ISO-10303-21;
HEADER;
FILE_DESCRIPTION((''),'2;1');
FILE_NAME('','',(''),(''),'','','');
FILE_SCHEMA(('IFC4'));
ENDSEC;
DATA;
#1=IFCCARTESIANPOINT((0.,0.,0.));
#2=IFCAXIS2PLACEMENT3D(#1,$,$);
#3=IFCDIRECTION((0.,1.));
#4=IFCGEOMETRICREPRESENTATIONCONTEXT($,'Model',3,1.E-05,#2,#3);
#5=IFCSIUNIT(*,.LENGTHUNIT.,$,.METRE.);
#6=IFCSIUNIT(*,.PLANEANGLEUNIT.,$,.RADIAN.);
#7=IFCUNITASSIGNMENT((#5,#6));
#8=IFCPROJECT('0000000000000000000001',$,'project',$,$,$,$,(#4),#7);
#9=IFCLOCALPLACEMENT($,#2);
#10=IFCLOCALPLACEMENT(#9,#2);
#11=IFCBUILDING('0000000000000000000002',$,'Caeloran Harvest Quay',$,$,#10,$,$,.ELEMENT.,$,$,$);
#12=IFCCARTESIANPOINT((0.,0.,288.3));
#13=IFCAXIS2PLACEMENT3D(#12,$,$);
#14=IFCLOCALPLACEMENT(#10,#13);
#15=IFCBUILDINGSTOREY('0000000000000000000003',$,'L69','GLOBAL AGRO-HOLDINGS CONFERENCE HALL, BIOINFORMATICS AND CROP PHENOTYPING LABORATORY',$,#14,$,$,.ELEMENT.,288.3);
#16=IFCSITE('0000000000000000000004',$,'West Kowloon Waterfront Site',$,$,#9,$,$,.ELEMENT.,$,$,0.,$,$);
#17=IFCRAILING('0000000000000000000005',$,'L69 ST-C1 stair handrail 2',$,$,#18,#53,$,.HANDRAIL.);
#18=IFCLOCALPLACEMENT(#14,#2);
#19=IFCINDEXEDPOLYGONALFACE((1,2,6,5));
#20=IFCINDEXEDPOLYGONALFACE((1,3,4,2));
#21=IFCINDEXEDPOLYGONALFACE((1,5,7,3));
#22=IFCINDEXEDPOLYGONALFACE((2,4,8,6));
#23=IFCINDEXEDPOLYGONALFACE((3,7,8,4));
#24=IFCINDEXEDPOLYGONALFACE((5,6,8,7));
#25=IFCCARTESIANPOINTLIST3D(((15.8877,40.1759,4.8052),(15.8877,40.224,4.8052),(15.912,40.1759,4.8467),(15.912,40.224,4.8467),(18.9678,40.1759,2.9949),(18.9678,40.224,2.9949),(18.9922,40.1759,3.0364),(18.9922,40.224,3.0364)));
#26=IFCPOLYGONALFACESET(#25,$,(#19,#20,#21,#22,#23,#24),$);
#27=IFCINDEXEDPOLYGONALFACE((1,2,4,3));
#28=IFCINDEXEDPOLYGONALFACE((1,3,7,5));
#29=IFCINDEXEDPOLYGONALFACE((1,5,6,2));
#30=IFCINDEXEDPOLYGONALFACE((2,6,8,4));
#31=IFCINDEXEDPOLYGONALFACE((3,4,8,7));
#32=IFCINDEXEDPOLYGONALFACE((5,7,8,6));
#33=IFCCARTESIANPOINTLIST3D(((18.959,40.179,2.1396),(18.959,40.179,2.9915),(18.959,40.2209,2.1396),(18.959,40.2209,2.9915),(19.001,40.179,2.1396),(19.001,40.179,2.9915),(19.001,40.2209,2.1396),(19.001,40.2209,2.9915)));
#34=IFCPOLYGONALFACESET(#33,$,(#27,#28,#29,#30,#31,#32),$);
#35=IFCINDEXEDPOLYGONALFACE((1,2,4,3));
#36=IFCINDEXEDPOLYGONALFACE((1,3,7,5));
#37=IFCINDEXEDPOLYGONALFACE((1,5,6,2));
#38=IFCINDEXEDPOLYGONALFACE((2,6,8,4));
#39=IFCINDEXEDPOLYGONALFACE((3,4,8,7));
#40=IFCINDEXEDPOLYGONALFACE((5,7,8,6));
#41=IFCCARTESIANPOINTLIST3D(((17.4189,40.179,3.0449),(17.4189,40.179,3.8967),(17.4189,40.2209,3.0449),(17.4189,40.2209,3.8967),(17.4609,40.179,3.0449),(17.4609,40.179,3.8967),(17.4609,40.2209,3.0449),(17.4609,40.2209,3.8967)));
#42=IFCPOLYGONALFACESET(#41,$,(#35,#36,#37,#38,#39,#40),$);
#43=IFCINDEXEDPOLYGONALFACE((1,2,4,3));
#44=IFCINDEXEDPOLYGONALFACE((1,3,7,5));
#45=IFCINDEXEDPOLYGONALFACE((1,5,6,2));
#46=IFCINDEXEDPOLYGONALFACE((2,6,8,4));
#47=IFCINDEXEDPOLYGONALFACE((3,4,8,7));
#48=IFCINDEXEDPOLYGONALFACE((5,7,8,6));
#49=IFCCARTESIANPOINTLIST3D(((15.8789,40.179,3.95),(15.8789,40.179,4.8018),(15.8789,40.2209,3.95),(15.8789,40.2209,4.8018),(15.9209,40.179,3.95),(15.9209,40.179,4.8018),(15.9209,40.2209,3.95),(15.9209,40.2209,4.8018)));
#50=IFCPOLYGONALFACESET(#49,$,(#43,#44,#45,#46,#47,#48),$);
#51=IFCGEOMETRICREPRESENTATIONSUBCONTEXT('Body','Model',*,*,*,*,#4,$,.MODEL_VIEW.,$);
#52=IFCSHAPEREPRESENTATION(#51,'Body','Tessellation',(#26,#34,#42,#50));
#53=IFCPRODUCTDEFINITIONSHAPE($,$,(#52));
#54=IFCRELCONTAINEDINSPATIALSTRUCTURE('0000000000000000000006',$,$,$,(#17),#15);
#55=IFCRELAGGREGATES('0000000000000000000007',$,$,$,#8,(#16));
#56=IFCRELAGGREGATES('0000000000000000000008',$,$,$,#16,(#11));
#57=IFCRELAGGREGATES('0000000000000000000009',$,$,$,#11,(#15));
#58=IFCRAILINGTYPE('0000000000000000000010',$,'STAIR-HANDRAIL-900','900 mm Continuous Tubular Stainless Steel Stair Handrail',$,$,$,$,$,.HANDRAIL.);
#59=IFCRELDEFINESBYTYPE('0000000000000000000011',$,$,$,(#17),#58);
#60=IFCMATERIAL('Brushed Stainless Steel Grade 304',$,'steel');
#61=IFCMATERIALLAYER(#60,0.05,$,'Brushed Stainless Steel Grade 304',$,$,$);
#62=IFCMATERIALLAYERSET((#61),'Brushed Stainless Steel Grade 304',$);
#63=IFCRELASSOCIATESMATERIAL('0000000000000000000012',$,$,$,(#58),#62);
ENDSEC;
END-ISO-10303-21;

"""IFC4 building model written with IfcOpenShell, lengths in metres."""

from ifc_helpers import new_model, si_unit, direction, frame, origin, origin_2d, place, context, subcontext, project, spatial, rectangle, extrude, material, layer, layer_set, type_object, element, save


model = new_model("IFC4")

# Units and contexts
model_context = context("Model", 3, precision=1e-05, world=origin(), true_north=direction((0.0, 1.0)))
body_context = subcontext(model_context, "Body", "Model", "MODEL_VIEW")
ifc_project = project(units=[si_unit("LENGTHUNIT", "METRE"), si_unit("PLANEANGLEUNIT", "RADIAN")], contexts=[model_context])

# Site, building, storey
site_placement = place(None, origin())
site = spatial("IfcSite", under=ifc_project, at=site_placement, Name="West Kowloon Waterfront Site", CompositionType="ELEMENT", RefElevation=0.0)
building_placement = place(site_placement, origin())
building = spatial("IfcBuilding", under=site, at=building_placement, Name="Caeloran Harvest Quay", CompositionType="ELEMENT")
storey_placement = place(building_placement, frame((0.0, 0.0, 288.3)))
storey = spatial("IfcBuildingStorey", under=building, at=storey_placement, Name="L69", Description="GLOBAL AGRO-HOLDINGS CONFERENCE HALL, BIOINFORMATICS AND CROP PHENOTYPING LABORATORY", CompositionType="ELEMENT", Elevation=288.3)

# Railing
ifc_material_1 = material(Name="Brushed Stainless Steel Grade 304", Category="steel")
ifc_layer_1 = layer(ifc_material_1, 0.05, Name="Brushed Stainless Steel Grade 304")
ifc_layer_set_1 = layer_set([ifc_layer_1], Name="Brushed Stainless Steel Grade 304")
railing_type_1 = type_object("IfcRailingType", Name="STAIR-HANDRAIL-900", Description="900 mm Continuous Tubular Stainless Steel Stair Handrail", PredefinedType="HANDRAIL", material=ifc_layer_set_1)
railing_1_placement = place(storey_placement, frame((18.98, 40.2, 2.1396)))
element("IfcRailing", 1, at=railing_1_placement, inside=storey, type_object=railing_type_1, Name="L69 ST-C1 stair handrail 2", PredefinedType="HANDRAIL", context=body_context, shape_type="SweptSolid", body=[
    extrude(rectangle(XDim=0.0481, YDim=0.0481, at=origin_2d()), frame((0.0, 0.0, 0.876), z_axis=(-0.862119, 0.0, 0.506707), x_axis=(0.0, -1.0, 0.0)), (0.0, 0.0, 1.0), 3.5728),
    extrude(rectangle(XDim=0.042, YDim=0.042, at=origin_2d()), origin(), (0.0, 0.0, 1.0), 0.8518),
    extrude(rectangle(XDim=0.042, YDim=0.042, at=origin_2d()), frame((-1.54, 0.0, 0.9053)), (0.0, 0.0, 1.0), 0.8518),
    extrude(rectangle(XDim=0.042, YDim=0.042, at=origin_2d()), frame((-3.0801, 0.0, 1.8103)), (0.0, 0.0, 1.0), 0.8518),
])

save(model, "model.ifc")
